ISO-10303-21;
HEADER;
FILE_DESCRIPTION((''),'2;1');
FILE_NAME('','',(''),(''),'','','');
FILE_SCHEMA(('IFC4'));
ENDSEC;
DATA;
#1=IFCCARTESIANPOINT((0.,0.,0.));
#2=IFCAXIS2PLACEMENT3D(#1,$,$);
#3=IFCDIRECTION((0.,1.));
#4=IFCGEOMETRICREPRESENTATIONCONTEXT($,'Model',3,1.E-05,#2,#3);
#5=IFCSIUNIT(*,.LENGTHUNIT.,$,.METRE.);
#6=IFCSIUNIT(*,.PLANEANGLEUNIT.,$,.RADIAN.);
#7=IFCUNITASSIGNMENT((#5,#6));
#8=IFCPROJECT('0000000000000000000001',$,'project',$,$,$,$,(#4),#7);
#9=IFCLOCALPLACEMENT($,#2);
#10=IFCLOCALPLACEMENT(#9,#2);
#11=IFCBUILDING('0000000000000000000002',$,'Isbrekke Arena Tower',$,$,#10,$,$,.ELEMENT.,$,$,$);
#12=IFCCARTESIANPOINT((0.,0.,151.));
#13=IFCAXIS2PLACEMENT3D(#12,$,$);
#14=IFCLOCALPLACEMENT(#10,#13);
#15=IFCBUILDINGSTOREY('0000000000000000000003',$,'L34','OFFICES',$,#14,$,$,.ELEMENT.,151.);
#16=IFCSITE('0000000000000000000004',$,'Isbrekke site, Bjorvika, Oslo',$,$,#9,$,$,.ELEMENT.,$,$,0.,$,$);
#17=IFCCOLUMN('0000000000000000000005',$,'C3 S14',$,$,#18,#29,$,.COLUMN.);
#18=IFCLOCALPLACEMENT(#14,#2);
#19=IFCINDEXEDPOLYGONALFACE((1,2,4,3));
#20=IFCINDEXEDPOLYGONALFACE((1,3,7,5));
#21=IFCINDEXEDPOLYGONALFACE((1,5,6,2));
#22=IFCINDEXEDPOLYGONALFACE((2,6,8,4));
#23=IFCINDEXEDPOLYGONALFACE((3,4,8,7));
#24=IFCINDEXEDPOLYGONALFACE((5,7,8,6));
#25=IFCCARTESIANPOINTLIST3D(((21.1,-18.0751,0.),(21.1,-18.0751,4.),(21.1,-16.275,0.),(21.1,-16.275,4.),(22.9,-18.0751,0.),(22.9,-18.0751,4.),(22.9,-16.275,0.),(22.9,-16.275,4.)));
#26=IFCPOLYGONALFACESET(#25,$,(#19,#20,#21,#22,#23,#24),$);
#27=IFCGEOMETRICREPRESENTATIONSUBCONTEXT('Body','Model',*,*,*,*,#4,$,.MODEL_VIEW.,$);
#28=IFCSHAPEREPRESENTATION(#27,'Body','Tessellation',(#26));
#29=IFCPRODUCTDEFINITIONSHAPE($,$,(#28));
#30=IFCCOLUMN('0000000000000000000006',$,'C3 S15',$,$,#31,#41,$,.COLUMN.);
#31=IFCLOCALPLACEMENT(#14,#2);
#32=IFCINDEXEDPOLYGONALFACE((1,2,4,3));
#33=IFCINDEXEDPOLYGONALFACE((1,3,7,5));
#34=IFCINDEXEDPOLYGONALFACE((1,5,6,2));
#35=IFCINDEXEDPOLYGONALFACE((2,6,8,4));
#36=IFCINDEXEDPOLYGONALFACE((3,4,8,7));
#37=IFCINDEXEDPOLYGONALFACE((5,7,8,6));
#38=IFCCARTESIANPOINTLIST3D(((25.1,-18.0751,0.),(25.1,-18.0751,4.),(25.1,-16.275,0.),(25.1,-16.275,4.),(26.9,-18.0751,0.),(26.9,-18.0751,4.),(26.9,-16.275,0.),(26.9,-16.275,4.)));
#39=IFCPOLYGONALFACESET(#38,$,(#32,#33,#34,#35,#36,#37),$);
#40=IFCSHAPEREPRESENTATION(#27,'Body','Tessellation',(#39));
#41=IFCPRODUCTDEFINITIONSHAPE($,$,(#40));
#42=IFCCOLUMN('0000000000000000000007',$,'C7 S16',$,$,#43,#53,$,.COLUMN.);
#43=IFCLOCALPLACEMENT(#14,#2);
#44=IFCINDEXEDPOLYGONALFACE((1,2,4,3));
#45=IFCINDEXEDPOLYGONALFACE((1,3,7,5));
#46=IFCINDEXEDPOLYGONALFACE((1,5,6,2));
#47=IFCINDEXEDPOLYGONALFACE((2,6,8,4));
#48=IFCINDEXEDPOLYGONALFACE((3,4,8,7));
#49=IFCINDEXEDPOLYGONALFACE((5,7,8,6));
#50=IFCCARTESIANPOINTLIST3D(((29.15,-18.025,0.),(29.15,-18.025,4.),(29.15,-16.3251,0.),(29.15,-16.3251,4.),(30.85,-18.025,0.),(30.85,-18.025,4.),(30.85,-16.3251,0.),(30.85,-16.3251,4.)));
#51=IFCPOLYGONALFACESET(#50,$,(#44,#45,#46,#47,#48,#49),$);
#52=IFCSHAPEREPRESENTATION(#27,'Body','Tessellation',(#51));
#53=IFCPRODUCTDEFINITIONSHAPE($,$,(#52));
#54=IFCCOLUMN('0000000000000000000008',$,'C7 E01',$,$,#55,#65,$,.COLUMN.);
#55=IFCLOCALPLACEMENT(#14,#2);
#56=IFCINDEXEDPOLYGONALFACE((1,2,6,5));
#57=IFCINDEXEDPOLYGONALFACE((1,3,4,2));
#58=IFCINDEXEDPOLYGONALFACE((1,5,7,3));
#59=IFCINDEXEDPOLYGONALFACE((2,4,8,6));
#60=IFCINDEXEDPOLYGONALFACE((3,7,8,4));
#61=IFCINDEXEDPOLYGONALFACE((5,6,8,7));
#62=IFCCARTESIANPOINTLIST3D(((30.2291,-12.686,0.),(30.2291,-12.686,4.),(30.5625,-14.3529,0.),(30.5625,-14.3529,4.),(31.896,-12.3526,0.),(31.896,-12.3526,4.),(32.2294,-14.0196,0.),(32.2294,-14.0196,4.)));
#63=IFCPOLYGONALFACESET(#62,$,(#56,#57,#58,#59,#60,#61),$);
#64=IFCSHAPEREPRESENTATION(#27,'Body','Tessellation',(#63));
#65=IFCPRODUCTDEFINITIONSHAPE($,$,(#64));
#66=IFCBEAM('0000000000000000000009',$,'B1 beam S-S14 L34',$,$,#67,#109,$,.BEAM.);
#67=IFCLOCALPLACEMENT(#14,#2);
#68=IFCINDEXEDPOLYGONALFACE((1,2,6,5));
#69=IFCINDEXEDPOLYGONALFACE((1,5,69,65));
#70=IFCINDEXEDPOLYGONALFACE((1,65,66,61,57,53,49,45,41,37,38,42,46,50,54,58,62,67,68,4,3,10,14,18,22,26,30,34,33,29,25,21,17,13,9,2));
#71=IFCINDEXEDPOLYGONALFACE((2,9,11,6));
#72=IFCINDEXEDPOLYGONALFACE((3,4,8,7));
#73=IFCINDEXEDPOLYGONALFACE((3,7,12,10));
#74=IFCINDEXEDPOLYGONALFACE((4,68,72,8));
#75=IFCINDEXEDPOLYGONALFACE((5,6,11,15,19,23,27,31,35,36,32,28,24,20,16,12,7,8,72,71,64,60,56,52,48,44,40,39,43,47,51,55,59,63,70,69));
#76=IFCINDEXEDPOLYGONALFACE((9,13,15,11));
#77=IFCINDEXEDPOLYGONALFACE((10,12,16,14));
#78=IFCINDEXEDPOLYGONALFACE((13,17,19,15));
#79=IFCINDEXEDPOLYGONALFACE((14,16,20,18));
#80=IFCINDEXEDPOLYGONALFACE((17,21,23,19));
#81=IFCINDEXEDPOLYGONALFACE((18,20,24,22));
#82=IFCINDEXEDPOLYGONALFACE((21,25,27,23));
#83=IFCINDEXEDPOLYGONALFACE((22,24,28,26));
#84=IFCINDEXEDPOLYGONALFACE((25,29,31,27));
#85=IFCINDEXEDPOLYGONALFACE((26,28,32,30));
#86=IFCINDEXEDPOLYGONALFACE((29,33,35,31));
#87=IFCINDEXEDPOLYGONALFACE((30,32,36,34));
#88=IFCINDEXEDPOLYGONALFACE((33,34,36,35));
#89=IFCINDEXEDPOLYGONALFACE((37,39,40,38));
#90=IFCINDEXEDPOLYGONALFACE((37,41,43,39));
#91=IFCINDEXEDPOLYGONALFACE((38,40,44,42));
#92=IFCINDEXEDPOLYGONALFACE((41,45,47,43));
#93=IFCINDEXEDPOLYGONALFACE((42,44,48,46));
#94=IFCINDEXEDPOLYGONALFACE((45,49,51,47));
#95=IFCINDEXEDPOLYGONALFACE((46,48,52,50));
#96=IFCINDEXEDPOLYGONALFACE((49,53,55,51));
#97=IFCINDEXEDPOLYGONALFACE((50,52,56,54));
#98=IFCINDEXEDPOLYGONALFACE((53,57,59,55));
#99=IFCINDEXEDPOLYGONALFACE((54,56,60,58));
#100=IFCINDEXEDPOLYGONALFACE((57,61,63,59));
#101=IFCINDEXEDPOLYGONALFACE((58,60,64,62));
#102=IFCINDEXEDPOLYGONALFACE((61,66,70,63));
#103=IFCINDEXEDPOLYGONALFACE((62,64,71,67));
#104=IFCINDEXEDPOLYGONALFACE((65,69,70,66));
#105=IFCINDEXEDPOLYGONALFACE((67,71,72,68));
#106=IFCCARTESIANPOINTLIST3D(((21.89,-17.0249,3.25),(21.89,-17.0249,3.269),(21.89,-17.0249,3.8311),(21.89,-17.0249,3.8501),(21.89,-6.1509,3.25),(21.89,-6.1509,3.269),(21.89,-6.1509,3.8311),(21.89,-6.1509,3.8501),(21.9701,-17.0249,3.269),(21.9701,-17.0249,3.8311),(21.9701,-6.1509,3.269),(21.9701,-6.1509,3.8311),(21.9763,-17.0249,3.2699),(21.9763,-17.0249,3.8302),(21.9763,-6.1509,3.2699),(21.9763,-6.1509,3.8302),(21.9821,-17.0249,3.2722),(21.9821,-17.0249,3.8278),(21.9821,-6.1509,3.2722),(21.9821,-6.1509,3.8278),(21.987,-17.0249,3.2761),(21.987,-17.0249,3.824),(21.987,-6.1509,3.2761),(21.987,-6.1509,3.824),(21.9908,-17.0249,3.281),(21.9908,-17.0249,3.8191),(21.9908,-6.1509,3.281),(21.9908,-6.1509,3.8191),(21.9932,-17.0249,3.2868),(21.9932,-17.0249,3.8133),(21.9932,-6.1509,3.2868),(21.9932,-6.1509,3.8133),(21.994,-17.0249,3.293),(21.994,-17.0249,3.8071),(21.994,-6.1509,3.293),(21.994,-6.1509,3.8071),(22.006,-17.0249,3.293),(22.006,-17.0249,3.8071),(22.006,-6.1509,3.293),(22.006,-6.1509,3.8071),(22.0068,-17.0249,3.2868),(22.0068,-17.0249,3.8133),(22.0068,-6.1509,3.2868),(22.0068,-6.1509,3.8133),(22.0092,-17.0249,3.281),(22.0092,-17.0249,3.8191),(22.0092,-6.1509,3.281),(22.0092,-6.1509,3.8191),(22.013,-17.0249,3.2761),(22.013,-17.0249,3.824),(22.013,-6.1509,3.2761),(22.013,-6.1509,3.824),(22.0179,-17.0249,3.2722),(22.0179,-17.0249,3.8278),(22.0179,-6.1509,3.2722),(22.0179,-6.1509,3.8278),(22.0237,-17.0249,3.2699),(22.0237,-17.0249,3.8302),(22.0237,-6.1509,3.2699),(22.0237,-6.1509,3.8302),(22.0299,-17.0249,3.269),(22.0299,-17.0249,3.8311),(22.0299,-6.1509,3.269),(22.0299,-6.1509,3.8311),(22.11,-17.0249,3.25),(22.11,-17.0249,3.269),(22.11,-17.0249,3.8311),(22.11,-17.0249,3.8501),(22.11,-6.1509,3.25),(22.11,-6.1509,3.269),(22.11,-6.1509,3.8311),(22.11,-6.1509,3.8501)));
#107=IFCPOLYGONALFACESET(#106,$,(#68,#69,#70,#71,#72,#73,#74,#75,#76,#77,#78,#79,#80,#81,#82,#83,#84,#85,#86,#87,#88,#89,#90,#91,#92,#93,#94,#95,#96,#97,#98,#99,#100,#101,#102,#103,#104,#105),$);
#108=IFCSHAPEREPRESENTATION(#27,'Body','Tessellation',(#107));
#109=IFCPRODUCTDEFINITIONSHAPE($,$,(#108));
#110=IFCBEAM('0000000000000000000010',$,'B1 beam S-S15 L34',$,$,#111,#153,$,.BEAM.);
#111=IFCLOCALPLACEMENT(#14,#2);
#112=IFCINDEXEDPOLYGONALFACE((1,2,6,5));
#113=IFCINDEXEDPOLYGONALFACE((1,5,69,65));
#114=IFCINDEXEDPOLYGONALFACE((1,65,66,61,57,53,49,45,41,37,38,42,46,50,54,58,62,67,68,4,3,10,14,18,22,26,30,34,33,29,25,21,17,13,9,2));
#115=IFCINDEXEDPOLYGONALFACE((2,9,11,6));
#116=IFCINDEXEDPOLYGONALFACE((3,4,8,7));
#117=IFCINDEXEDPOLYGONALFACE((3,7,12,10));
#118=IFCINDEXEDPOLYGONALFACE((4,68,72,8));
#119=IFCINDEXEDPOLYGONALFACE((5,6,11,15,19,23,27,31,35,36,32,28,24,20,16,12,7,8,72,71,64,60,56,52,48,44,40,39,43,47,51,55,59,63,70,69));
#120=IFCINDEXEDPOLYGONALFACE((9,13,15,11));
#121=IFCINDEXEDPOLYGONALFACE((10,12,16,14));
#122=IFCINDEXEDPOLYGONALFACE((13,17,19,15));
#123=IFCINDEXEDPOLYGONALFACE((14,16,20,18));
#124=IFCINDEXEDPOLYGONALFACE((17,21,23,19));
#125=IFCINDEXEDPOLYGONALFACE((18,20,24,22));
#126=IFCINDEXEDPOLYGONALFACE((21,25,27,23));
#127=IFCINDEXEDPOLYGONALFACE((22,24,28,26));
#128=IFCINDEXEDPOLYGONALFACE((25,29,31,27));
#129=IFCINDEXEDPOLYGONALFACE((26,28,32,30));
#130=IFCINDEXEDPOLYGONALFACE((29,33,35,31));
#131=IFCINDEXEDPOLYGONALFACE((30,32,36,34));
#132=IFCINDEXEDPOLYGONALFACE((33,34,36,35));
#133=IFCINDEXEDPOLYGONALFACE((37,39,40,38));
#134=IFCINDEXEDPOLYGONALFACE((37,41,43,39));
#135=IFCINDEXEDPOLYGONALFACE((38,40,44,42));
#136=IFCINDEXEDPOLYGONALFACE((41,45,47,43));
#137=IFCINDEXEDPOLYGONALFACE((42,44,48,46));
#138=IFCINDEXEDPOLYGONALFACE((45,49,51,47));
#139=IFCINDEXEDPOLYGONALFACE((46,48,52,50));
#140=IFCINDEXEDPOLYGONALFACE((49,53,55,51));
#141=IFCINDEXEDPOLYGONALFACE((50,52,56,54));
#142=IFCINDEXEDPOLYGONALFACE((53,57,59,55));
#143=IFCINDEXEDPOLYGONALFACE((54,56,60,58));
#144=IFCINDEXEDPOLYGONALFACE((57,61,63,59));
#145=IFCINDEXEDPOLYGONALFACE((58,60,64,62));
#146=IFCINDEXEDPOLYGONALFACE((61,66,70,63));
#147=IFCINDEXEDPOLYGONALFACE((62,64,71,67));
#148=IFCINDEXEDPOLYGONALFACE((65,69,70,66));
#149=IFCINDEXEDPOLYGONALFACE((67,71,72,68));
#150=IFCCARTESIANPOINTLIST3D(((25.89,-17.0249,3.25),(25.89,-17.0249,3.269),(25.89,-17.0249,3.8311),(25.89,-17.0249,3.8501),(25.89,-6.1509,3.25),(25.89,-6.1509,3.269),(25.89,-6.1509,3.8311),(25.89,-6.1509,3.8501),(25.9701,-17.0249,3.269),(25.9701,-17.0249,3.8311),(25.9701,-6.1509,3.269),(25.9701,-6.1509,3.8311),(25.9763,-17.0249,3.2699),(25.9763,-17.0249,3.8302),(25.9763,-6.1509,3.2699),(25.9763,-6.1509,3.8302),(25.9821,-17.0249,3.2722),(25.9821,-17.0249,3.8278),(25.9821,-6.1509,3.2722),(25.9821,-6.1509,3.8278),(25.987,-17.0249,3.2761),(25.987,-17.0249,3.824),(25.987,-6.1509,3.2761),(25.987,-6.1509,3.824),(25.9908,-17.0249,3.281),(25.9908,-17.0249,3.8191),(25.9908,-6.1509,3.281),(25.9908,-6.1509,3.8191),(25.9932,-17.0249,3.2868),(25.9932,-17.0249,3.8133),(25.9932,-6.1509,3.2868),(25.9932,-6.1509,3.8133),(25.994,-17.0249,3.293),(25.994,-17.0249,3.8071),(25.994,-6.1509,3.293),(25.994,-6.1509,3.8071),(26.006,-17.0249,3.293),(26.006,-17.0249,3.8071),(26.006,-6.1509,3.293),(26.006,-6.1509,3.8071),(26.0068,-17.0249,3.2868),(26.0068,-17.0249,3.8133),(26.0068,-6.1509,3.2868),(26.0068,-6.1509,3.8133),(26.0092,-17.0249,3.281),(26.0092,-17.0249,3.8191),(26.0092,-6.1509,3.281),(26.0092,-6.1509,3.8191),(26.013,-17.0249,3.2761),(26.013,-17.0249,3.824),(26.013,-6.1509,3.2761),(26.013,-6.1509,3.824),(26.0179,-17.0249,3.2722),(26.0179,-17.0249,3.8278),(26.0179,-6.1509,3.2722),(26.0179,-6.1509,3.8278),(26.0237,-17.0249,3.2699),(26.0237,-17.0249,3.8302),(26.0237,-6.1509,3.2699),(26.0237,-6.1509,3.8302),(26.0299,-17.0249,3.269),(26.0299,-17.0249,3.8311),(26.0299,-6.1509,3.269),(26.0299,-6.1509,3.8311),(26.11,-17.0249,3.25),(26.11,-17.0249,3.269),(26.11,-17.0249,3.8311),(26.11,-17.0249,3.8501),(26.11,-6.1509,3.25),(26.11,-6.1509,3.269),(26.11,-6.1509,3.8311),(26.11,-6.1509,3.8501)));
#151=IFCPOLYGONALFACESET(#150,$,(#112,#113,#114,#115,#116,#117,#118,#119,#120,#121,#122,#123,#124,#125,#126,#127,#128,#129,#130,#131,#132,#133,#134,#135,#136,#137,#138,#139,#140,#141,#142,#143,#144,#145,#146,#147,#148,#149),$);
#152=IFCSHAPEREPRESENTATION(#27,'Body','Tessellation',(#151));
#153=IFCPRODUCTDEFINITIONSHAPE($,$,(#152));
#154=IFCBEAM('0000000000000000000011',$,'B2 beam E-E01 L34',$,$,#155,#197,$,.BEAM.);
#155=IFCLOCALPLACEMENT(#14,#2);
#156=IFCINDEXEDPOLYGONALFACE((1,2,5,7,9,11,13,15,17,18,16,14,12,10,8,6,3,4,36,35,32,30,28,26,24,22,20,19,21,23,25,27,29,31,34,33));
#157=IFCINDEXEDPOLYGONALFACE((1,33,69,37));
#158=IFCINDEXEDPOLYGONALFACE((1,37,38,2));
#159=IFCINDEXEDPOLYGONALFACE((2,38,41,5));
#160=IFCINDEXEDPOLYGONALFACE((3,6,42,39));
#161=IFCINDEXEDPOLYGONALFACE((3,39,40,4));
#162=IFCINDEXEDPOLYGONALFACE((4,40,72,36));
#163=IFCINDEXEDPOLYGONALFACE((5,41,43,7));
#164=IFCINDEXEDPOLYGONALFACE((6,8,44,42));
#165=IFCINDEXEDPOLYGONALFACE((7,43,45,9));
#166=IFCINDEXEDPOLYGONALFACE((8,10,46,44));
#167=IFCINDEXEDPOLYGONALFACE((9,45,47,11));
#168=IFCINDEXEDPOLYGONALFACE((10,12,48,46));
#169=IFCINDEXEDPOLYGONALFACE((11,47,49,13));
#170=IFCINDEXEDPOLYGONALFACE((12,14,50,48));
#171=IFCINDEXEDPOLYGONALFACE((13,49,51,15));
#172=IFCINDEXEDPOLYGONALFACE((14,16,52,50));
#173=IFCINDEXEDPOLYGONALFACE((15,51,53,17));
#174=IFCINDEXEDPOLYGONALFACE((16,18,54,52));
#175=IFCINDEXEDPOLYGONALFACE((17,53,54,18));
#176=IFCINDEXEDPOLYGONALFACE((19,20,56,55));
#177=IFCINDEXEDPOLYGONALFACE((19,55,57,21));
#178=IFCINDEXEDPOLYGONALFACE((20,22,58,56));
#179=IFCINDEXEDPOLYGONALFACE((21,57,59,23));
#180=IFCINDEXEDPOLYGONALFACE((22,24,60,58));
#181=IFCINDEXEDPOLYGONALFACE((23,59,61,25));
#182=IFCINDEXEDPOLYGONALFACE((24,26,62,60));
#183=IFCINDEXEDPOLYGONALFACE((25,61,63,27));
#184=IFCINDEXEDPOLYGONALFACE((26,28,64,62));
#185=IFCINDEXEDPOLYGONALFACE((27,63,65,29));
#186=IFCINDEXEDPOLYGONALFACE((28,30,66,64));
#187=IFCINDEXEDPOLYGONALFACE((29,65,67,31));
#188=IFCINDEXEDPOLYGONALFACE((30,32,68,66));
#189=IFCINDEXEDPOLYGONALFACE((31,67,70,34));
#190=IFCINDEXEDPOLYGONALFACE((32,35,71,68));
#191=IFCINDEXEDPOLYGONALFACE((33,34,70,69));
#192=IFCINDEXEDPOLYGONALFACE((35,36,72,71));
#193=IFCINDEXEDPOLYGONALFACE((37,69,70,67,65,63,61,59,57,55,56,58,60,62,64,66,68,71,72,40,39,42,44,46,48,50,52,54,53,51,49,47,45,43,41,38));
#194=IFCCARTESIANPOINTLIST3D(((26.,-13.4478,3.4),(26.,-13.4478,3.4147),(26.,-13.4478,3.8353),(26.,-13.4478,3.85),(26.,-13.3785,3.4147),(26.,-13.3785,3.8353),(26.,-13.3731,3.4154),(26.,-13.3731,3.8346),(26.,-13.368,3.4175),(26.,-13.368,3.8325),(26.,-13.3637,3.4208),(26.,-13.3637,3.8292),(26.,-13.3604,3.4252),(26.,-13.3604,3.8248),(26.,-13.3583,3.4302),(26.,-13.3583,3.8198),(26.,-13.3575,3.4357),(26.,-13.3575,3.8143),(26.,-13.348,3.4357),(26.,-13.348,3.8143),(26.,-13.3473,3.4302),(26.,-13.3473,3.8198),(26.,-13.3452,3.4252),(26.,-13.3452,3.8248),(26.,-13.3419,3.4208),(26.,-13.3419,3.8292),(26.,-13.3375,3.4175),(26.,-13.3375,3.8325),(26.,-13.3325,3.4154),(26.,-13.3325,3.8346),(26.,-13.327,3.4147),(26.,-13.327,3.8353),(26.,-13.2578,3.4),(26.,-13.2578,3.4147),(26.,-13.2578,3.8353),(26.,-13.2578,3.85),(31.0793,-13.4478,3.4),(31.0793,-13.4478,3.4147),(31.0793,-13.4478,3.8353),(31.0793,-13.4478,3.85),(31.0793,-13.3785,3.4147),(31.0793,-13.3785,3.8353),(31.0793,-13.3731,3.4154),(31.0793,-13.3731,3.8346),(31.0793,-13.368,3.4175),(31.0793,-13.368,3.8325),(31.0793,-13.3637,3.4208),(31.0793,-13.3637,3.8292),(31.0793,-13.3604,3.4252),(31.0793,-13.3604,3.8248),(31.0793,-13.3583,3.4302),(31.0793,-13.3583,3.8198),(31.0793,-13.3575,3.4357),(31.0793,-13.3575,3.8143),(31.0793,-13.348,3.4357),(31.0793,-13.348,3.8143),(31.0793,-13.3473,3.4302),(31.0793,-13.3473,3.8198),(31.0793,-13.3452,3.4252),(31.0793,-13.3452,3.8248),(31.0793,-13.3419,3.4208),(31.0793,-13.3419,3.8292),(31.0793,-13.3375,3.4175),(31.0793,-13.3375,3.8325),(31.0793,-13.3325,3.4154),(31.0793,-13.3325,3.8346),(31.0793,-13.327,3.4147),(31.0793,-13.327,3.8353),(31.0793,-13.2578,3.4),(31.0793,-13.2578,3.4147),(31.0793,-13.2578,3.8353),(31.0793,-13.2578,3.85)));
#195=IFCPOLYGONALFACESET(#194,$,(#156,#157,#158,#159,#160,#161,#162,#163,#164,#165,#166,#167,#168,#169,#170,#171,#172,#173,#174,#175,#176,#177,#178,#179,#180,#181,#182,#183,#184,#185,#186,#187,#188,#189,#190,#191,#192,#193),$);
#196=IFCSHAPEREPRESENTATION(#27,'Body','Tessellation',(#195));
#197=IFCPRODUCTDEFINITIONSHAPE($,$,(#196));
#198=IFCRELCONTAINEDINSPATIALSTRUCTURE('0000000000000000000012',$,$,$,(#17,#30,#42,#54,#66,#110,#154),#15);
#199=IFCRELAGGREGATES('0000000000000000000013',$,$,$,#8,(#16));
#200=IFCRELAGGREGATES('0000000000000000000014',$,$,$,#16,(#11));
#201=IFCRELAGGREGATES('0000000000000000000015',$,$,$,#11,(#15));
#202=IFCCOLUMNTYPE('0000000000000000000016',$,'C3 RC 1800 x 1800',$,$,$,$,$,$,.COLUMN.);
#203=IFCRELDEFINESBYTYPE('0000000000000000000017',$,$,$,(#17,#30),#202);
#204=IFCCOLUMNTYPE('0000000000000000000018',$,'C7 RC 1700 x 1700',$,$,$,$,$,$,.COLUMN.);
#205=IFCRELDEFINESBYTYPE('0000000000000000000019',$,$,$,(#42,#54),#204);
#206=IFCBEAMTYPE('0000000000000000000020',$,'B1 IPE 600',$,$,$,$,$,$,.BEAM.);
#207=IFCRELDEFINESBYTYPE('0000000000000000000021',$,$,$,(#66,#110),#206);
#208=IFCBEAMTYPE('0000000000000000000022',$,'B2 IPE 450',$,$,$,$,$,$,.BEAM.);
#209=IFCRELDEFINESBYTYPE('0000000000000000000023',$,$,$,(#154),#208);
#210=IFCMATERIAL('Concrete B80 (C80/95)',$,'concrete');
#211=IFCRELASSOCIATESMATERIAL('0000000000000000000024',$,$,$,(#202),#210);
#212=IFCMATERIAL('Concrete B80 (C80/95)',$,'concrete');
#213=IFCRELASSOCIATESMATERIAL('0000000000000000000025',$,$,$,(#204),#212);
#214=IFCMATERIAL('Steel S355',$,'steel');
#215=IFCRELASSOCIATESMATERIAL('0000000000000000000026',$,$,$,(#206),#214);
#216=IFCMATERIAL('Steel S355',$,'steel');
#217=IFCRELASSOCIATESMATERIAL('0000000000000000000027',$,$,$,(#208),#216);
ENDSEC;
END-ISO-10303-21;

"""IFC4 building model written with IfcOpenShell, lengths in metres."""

from ifc_helpers import new_model, si_unit, direction, frame, origin, origin_2d, place, context, subcontext, project, spatial, rectangle, i_section, extrude, material, material_profile, profile_set, type_object, element, save


model = new_model("IFC4")

# Units and contexts
model_context = context("Model", 3, precision=1e-05, world=origin(), true_north=direction((0.0, 1.0)))
body_context = subcontext(model_context, "Body", "Model", "MODEL_VIEW")
ifc_project = project(units=[si_unit("LENGTHUNIT", "METRE"), si_unit("PLANEANGLEUNIT", "RADIAN")], contexts=[model_context])

# Site, building, storey
site_placement = place(None, origin())
site = spatial("IfcSite", under=ifc_project, at=site_placement, Name="Isbrekke site, Bjorvika, Oslo", CompositionType="ELEMENT", RefElevation=0.0)
building_placement = place(site_placement, origin())
building = spatial("IfcBuilding", under=site, at=building_placement, Name="Isbrekke Arena Tower", CompositionType="ELEMENT")
storey_placement = place(building_placement, frame((0.0, 0.0, 151.0)))
storey = spatial("IfcBuildingStorey", under=building, at=storey_placement, Name="L34", Description="OFFICES", CompositionType="ELEMENT", Elevation=151.0)

# Columns
ifc_material_1 = material(Name="Concrete B80 (C80/95)", Category="concrete")
ifc_material_profile_1 = material_profile(ifc_material_1, rectangle(XDim=1.8, YDim=1.8, at=origin_2d()), Name="RC 1800x1800")
ifc_profile_set_1 = profile_set([ifc_material_profile_1], Name="Concrete B80 (C80/95)")
column_type_1 = type_object("IfcColumnType", Name="C3 RC 1800 x 1800", PredefinedType="COLUMN", material=ifc_profile_set_1)
for number, where, z_axis, x_axis, name in (
    (1, (22.0, -17.175, 0.0), (0.0, 0.0, 1.0), (1.0, 0.0, 0.0), "C3 S14"),
    (2, (26.0, -17.175, 0.0), (0.0, 0.0, 1.0), (1.0, 0.0, 0.0), "C3 S15"),
):
    element("IfcColumn", number, at=place(storey_placement, frame(where, z_axis=z_axis, x_axis=x_axis)), inside=storey, type_object=column_type_1, Name=name, PredefinedType="COLUMN", context=body_context, shape_type="SweptSolid", body=[
        extrude(rectangle(XDim=1.8, YDim=1.8, at=origin_2d()), origin(), (0.0, 0.0, 1.0), 4.0),
    ])
ifc_material_2 = material(Name="Concrete B80 (C80/95)", Category="concrete")
ifc_material_profile_2 = material_profile(ifc_material_2, rectangle(XDim=1.7, YDim=1.7, at=origin_2d()), Name="RC 1700x1700")
ifc_profile_set_2 = profile_set([ifc_material_profile_2], Name="Concrete B80 (C80/95)")
column_type_2 = type_object("IfcColumnType", Name="C7 RC 1700 x 1700", PredefinedType="COLUMN", material=ifc_profile_set_2)
for number, where, z_axis, x_axis, name in (
    (3, (30.0, -17.175, 0.0), (0.0, 0.0, 1.0), (1.0, 0.0, 0.0), "C7 S16"),
    (4, (31.2292, -13.3528, 0.0), (0.0, 0.0, 1.0), (-0.196116, 0.980581, 0.0), "C7 E01"),
):
    element("IfcColumn", number, at=place(storey_placement, frame(where, z_axis=z_axis, x_axis=x_axis)), inside=storey, type_object=column_type_2, Name=name, PredefinedType="COLUMN", context=body_context, shape_type="SweptSolid", body=[
        extrude(rectangle(XDim=1.7, YDim=1.7, at=origin_2d()), origin(), (0.0, 0.0, 1.0), 4.0),
    ])

# Beams
ifc_material_3 = material(Name="Steel S355", Category="steel")
ifc_material_profile_3 = material_profile(ifc_material_3, i_section(OverallWidth=0.22, OverallDepth=0.6001, WebThickness=0.012, FlangeThickness=0.019, FilletRadius=0.0239, at=origin_2d()), Name="IPE 600")
ifc_profile_set_3 = profile_set([ifc_material_profile_3], Name="Steel S355")
beam_type_1 = type_object("IfcBeamType", Name="B1 IPE 600", PredefinedType="BEAM", material=ifc_profile_set_3)
for number, where, z_axis, x_axis, name in (
    (5, (22.0, -17.0249, 3.55), (0.0, 1.0, 0.0), (-1.0, 0.0, 0.0), "B1 beam S-S14 L34"),
    (6, (26.0, -17.0249, 3.55), (0.0, 1.0, 0.0), (-1.0, 0.0, 0.0), "B1 beam S-S15 L34"),
):
    element("IfcBeam", number, at=place(storey_placement, frame(where, z_axis=z_axis, x_axis=x_axis)), inside=storey, type_object=beam_type_1, Name=name, PredefinedType="BEAM", context=body_context, shape_type="SweptSolid", body=[
        extrude(i_section(OverallWidth=0.22, OverallDepth=0.6001, WebThickness=0.012, FlangeThickness=0.019, FilletRadius=0.0239, at=origin_2d()), origin(), (0.0, 0.0, 1.0), 10.874),
    ])
ifc_material_4 = material(Name="Steel S355", Category="steel")
ifc_material_profile_4 = material_profile(ifc_material_4, i_section(OverallWidth=0.1899, OverallDepth=0.45, WebThickness=0.0095, FlangeThickness=0.0146, FilletRadius=0.021, at=origin_2d()), Name="IPE 450")
ifc_profile_set_4 = profile_set([ifc_material_profile_4], Name="Steel S355")
beam_type_2 = type_object("IfcBeamType", Name="B2 IPE 450", PredefinedType="BEAM", material=ifc_profile_set_4)
beam_1_placement = place(storey_placement, frame((31.0793, -13.3528, 3.625), z_axis=(-1.0, 0.0, 0.0), x_axis=(0.0, -1.0, 0.0)))
element("IfcBeam", 7, at=beam_1_placement, inside=storey, type_object=beam_type_2, Name="B2 beam E-E01 L34", PredefinedType="BEAM", context=body_context, shape_type="SweptSolid", body=[
    extrude(i_section(OverallWidth=0.1899, OverallDepth=0.45, WebThickness=0.0095, FlangeThickness=0.0146, FilletRadius=0.021, at=origin_2d()), origin(), (0.0, 0.0, 1.0), 5.0793),
])

save(model, "model.ifc")
